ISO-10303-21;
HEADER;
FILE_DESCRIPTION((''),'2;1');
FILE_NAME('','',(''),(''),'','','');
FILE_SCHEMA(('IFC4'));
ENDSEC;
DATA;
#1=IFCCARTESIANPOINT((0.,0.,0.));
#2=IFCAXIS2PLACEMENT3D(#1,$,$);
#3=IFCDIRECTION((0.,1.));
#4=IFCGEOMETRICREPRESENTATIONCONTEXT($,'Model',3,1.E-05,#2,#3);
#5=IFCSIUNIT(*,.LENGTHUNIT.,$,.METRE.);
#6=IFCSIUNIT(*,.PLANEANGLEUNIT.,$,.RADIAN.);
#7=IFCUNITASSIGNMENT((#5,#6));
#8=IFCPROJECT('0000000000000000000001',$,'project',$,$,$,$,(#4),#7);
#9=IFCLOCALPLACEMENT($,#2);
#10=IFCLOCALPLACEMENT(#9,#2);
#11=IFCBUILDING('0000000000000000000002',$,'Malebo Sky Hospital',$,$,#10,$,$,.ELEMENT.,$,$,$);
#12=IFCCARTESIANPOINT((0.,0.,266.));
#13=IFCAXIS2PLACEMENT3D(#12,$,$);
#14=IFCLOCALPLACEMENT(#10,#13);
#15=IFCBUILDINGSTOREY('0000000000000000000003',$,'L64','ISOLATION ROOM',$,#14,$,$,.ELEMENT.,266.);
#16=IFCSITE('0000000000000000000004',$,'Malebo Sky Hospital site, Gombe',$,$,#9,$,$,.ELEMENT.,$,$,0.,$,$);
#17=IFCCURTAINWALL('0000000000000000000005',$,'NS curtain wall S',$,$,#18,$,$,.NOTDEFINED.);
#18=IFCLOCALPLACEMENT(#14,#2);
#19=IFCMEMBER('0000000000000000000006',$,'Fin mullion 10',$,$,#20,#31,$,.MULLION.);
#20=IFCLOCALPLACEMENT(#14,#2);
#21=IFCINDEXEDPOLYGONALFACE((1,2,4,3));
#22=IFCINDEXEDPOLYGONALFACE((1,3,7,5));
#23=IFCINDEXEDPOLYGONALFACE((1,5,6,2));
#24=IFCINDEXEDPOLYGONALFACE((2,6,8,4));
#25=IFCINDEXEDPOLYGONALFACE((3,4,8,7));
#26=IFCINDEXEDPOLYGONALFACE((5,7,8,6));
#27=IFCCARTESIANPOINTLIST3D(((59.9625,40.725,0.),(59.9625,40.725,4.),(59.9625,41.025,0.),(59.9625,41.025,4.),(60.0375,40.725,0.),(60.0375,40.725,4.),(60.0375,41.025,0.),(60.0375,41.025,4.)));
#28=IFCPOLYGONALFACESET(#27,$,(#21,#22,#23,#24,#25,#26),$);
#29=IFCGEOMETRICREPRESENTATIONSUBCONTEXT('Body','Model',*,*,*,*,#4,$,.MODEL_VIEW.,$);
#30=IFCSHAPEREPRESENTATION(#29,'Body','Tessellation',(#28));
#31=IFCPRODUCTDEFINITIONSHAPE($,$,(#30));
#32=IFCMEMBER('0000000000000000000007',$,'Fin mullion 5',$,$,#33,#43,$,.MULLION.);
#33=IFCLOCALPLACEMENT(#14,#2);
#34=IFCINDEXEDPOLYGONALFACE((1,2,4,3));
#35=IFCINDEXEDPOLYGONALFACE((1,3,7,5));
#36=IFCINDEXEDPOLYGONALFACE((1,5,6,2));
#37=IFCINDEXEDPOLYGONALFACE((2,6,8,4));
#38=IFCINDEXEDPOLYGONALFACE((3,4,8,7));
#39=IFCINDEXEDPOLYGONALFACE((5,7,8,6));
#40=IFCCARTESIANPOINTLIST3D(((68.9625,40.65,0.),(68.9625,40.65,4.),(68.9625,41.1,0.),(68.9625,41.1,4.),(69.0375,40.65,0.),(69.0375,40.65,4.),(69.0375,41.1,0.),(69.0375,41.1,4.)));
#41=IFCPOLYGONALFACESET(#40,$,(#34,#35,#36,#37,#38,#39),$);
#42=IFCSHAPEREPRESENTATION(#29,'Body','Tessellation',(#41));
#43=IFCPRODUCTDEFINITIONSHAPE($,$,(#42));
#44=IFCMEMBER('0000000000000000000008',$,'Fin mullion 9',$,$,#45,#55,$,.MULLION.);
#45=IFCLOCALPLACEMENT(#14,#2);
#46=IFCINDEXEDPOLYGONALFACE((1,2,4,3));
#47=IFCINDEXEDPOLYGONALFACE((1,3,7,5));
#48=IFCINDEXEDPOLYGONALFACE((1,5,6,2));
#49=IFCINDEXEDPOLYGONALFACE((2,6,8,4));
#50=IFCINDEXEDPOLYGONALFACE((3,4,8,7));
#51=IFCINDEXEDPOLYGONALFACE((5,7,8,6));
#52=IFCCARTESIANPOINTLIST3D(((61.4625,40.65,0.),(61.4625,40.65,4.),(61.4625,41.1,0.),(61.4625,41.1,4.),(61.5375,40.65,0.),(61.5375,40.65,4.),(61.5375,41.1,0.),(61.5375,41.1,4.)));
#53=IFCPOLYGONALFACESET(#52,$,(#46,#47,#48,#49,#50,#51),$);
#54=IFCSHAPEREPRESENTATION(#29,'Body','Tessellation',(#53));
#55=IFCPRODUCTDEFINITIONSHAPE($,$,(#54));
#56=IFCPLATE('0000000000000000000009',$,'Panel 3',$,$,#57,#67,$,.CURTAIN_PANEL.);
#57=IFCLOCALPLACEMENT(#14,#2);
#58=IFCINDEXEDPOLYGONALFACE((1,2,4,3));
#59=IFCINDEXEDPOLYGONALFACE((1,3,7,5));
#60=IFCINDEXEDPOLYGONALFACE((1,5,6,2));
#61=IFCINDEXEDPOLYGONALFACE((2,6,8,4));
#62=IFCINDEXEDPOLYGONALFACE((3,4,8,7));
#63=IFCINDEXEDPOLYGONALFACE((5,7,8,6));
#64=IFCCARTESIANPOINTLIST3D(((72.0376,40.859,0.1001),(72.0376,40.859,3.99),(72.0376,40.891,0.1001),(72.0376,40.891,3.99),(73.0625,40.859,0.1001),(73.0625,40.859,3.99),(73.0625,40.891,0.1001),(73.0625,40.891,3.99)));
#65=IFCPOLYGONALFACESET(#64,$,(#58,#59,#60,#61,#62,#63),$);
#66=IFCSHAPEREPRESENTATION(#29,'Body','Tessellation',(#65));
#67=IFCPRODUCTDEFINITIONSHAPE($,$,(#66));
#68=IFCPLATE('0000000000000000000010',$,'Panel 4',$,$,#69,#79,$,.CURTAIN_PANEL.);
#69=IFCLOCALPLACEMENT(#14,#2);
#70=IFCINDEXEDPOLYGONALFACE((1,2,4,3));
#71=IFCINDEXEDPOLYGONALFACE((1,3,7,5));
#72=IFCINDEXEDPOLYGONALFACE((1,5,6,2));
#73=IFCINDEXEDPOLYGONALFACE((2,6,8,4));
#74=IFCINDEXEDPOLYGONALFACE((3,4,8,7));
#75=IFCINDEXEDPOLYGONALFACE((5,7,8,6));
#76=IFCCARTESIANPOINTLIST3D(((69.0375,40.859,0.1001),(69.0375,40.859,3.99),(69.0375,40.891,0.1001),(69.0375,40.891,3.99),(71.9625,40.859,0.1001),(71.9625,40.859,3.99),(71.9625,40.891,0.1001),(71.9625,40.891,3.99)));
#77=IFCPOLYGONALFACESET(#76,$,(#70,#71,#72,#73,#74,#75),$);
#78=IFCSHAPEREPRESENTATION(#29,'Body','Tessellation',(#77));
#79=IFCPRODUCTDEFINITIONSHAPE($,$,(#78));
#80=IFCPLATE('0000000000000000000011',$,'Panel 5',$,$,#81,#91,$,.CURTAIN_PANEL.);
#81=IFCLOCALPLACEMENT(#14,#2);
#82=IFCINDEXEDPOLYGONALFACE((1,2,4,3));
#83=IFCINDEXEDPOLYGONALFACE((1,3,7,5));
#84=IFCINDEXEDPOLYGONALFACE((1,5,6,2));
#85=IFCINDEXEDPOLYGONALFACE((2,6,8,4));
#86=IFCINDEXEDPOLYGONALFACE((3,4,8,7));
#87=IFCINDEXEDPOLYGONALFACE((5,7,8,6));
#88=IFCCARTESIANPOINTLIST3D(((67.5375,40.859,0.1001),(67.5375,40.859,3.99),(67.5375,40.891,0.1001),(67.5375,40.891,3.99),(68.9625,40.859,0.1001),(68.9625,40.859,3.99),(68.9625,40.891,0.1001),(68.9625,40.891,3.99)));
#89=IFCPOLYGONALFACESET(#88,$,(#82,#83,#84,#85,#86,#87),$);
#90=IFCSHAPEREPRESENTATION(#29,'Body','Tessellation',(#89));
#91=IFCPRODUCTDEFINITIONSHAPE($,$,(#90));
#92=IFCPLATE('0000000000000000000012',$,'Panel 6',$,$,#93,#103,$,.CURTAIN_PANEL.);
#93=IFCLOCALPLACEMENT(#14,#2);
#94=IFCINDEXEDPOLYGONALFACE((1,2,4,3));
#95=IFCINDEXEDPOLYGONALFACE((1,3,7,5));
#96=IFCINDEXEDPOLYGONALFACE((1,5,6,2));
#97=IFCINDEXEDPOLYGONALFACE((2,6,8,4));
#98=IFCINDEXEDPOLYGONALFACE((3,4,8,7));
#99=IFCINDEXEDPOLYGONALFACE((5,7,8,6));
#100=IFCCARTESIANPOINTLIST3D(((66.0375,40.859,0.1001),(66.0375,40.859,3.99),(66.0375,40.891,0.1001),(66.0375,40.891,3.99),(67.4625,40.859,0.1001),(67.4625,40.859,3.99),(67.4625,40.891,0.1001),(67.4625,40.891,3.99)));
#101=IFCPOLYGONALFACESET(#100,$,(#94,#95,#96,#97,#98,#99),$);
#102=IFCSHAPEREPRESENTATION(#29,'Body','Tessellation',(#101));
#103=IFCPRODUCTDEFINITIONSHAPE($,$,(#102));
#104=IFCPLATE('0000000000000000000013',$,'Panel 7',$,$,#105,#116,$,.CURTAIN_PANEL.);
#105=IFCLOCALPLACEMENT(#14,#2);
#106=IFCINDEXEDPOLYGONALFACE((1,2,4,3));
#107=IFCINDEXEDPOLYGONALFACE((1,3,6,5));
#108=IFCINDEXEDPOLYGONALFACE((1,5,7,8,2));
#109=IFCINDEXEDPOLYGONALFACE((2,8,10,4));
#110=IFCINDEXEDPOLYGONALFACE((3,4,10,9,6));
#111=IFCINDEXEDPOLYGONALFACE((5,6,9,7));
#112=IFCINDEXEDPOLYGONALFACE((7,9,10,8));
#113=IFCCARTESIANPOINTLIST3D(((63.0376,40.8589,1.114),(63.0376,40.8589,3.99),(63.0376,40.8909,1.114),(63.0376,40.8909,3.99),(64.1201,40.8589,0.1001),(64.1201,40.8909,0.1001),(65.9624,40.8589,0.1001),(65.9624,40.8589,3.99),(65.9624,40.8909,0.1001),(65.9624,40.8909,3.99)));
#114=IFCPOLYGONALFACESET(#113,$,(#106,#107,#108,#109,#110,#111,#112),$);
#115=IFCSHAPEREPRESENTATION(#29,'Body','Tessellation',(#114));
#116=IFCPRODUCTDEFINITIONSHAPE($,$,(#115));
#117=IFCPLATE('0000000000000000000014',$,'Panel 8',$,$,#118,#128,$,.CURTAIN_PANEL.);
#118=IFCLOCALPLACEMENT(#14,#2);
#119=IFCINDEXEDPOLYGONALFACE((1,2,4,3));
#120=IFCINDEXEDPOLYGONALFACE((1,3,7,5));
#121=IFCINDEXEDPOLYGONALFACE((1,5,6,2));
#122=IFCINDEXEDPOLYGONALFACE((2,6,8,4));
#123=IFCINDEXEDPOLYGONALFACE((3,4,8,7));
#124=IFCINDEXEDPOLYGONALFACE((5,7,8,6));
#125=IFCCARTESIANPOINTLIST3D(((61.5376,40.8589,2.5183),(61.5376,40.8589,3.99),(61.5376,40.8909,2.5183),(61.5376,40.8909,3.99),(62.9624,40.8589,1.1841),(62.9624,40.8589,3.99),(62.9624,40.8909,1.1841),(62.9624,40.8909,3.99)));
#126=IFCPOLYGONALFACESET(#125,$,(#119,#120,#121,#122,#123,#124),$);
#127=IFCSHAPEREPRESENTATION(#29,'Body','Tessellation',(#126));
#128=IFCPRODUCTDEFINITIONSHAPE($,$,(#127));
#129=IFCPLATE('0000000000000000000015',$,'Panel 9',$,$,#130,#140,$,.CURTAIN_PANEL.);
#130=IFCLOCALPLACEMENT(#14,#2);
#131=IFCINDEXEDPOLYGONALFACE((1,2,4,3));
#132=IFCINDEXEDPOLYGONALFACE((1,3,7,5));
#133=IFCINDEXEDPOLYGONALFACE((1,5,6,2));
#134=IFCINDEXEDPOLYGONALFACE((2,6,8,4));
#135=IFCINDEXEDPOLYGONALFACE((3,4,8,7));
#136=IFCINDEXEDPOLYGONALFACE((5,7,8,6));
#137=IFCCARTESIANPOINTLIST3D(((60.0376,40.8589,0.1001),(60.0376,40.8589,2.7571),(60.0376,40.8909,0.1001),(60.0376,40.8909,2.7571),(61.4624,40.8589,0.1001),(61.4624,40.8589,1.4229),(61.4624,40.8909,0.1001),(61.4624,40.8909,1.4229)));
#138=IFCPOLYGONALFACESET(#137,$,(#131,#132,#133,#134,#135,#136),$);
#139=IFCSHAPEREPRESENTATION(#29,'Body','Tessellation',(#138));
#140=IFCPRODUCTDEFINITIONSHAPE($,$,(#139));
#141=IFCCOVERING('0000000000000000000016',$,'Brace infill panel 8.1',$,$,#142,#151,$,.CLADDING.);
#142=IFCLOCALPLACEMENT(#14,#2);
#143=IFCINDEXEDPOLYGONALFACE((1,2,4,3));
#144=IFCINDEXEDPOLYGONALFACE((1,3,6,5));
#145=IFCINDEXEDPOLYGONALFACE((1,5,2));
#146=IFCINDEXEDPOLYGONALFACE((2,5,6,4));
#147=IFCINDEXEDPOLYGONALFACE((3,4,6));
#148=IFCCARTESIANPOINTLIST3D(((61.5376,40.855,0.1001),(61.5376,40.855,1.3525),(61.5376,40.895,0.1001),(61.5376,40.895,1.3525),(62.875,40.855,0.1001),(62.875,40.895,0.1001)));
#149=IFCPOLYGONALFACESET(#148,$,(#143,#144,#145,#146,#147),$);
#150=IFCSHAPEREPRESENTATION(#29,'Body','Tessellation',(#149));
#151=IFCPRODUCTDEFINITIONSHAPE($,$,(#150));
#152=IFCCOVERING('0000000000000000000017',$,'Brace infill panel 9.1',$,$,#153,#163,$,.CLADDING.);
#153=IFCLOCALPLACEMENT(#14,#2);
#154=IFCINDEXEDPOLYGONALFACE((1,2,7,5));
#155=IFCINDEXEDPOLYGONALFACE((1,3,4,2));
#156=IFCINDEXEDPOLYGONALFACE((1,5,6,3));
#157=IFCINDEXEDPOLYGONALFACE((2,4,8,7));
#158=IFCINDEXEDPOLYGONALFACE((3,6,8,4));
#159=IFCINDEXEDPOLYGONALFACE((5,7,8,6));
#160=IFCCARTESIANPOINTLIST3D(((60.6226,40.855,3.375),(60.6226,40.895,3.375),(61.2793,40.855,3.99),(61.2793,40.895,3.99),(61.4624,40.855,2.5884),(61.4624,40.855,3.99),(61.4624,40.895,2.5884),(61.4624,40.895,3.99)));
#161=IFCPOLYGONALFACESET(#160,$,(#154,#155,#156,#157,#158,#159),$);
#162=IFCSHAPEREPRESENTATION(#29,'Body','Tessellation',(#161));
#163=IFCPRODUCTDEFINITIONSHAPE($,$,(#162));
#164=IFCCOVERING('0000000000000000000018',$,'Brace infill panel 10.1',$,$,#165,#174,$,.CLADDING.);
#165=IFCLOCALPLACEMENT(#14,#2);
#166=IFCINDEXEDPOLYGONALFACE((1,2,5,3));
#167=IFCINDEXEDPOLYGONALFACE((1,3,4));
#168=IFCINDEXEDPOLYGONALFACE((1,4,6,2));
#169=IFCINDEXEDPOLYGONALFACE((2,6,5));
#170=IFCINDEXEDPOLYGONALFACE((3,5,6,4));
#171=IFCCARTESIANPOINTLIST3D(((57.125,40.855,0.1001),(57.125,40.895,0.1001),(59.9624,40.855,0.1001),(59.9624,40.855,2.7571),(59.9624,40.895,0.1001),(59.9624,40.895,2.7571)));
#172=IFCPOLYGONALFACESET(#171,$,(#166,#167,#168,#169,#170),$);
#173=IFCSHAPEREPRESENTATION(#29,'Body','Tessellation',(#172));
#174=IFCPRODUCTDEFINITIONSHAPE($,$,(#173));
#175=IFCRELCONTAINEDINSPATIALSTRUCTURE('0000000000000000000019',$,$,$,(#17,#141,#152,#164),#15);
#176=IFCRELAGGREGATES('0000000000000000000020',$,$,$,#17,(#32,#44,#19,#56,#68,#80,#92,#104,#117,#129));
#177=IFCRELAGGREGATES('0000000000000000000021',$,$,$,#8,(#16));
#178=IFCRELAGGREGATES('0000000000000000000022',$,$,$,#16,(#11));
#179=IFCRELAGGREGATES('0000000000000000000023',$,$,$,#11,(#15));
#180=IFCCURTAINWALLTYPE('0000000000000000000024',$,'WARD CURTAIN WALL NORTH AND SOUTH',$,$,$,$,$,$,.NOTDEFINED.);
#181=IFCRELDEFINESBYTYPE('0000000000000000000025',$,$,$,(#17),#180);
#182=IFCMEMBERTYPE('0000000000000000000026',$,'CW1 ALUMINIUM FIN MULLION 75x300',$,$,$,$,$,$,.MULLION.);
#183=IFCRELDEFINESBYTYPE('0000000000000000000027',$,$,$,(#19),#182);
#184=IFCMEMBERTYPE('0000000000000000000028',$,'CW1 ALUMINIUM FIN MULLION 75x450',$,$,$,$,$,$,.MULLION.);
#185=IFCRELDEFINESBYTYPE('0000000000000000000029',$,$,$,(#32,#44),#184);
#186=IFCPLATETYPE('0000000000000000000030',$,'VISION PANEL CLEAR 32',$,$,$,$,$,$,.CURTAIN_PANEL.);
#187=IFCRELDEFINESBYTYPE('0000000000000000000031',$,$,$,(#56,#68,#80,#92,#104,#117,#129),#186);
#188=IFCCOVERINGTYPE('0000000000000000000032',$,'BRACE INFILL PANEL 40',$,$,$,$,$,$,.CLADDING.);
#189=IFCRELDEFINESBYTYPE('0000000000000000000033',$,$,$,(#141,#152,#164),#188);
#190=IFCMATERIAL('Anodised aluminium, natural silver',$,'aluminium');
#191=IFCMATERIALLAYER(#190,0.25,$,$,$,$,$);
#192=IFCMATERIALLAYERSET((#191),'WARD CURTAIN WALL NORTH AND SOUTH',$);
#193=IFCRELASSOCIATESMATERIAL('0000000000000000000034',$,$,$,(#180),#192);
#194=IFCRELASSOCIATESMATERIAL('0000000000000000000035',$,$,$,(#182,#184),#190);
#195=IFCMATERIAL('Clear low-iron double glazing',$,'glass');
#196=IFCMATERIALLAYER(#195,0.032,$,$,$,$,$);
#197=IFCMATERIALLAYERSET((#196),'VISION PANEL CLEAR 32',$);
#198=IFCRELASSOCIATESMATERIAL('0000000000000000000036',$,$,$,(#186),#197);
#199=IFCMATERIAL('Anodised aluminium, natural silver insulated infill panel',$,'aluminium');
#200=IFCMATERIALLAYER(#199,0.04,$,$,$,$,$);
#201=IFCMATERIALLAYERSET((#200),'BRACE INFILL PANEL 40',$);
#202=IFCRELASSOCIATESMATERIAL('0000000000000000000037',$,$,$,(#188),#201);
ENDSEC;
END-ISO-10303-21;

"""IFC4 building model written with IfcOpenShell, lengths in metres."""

from ifc_helpers import new_model, si_unit, direction, frame, origin, origin_2d, place, context, subcontext, project, spatial, polyline, rectangle, outline, extrude, material, layer, layer_set, material_profile, profile_set, type_object, element, aggregate, save


model = new_model("IFC4")

# Units and contexts
model_context = context("Model", 3, precision=1e-05, world=origin(), true_north=direction((0.0, 1.0)))
body_context = subcontext(model_context, "Body", "Model", "MODEL_VIEW")
ifc_project = project(units=[si_unit("LENGTHUNIT", "METRE"), si_unit("PLANEANGLEUNIT", "RADIAN")], contexts=[model_context])

# Site, building, storey
site_placement = place(None, origin())
site = spatial("IfcSite", under=ifc_project, at=site_placement, Name="Malebo Sky Hospital site, Gombe", CompositionType="ELEMENT", RefElevation=0.0)
building_placement = place(site_placement, origin())
building = spatial("IfcBuilding", under=site, at=building_placement, Name="Malebo Sky Hospital", CompositionType="ELEMENT")
storey_placement = place(building_placement, frame((0.0, 0.0, 266.0)))
storey = spatial("IfcBuildingStorey", under=building, at=storey_placement, Name="L64", Description="ISOLATION ROOM", CompositionType="ELEMENT", Elevation=266.0)

# Curtain wall
ifc_material_1 = material(Name="Anodised aluminium, natural silver", Category="aluminium")
ifc_layer_1 = layer(ifc_material_1, 0.25)
ifc_layer_set_1 = layer_set([ifc_layer_1], Name="WARD CURTAIN WALL NORTH AND SOUTH")
curtain_wall_type = type_object("IfcCurtainWallType", Name="WARD CURTAIN WALL NORTH AND SOUTH", PredefinedType="NOTDEFINED", material=ifc_layer_set_1)
curtain_wall_placement = place(storey_placement, origin())
curtain_wall = element("IfcCurtainWall", 1, at=curtain_wall_placement, inside=storey, type_object=curtain_wall_type, Name="NS curtain wall S", PredefinedType="NOTDEFINED")

# Members
ifc_material_profile_1 = material_profile(ifc_material_1, rectangle(XDim=0.075, YDim=0.3, at=origin_2d()), Name="CW1 ALUMINIUM FIN MULLION 75x300")
ifc_profile_set_1 = profile_set([ifc_material_profile_1], Name="Anodised aluminium, natural silver")
member_type_1 = type_object("IfcMemberType", Name="CW1 ALUMINIUM FIN MULLION 75x300", PredefinedType="MULLION", material=ifc_profile_set_1)
member_1_placement = place(storey_placement, frame((60.0, 40.875, 0.0), z_axis=(0.0, 0.0, 1.0), x_axis=(-1.0, 0.0, 0.0)))
member_1 = element("IfcMember", 2, at=member_1_placement, type_object=member_type_1, Name="Fin mullion 10", PredefinedType="MULLION", context=body_context, shape_type="SweptSolid", body=[
    extrude(rectangle(XDim=0.075, YDim=0.3, at=origin_2d()), origin(), (0.0, 0.0, 1.0), 4.0),
])
ifc_material_profile_2 = material_profile(ifc_material_1, rectangle(XDim=0.075, YDim=0.45, at=origin_2d()), Name="CW1 ALUMINIUM FIN MULLION 75x450")
ifc_profile_set_2 = profile_set([ifc_material_profile_2], Name="Anodised aluminium, natural silver")
member_type_2 = type_object("IfcMemberType", Name="CW1 ALUMINIUM FIN MULLION 75x450", PredefinedType="MULLION", material=ifc_profile_set_2)
member_2_placement = place(storey_placement, frame((69.0, 40.875, 0.0), z_axis=(0.0, 0.0, 1.0), x_axis=(-1.0, 0.0, 0.0)))
member_2 = element("IfcMember", 3, at=member_2_placement, type_object=member_type_2, Name="Fin mullion 5", PredefinedType="MULLION", context=body_context, shape_type="SweptSolid", body=[
    extrude(rectangle(XDim=0.075, YDim=0.45, at=origin_2d()), origin(), (0.0, 0.0, 1.0), 4.0),
])
member_3_placement = place(storey_placement, frame((61.5, 40.875, 0.0), z_axis=(0.0, 0.0, 1.0), x_axis=(-1.0, 0.0, 0.0)))
member_3 = element("IfcMember", 4, at=member_3_placement, type_object=member_type_2, Name="Fin mullion 9", PredefinedType="MULLION", context=body_context, shape_type="SweptSolid", body=[
    extrude(rectangle(XDim=0.075, YDim=0.45, at=origin_2d()), origin(), (0.0, 0.0, 1.0), 4.0),
])

# Plates
ifc_material_2 = material(Name="Clear low-iron double glazing", Category="glass")
ifc_layer_2 = layer(ifc_material_2, 0.032)
ifc_layer_set_2 = layer_set([ifc_layer_2], Name="VISION PANEL CLEAR 32")
plate_type = type_object("IfcPlateType", Name="VISION PANEL CLEAR 32", PredefinedType="CURTAIN_PANEL", material=ifc_layer_set_2)
plate_1_placement = place(storey_placement, frame((72.55, 40.875, 0.1001), z_axis=(0.0, 0.0, 1.0), x_axis=(-1.0, 0.0, 0.0)))
plate_1 = element("IfcPlate", 5, at=plate_1_placement, type_object=plate_type, Name="Panel 3", PredefinedType="CURTAIN_PANEL", context=body_context, shape_type="SweptSolid", body=[
    extrude(rectangle(XDim=1.0249, YDim=0.032, at=origin_2d()), origin(), (0.0, 0.0, 1.0), 3.8899),
])
plate_2_placement = place(storey_placement, frame((70.5, 40.875, 0.1001), z_axis=(0.0, 0.0, 1.0), x_axis=(-1.0, 0.0, 0.0)))
plate_2 = element("IfcPlate", 6, at=plate_2_placement, type_object=plate_type, Name="Panel 4", PredefinedType="CURTAIN_PANEL", context=body_context, shape_type="SweptSolid", body=[
    extrude(rectangle(XDim=2.925, YDim=0.032, at=origin_2d()), origin(), (0.0, 0.0, 1.0), 3.8899),
])
plate_3_placement = place(storey_placement, frame((68.25, 40.875, 0.1001), z_axis=(0.0, 0.0, 1.0), x_axis=(-1.0, 0.0, 0.0)))
plate_3 = element("IfcPlate", 7, at=plate_3_placement, type_object=plate_type, Name="Panel 5", PredefinedType="CURTAIN_PANEL", context=body_context, shape_type="SweptSolid", body=[
    extrude(rectangle(XDim=1.425, YDim=0.032, at=origin_2d()), origin(), (0.0, 0.0, 1.0), 3.8899),
])
plate_4_placement = place(storey_placement, frame((66.75, 40.875, 0.1001), z_axis=(0.0, 0.0, 1.0), x_axis=(-1.0, 0.0, 0.0)))
plate_4 = element("IfcPlate", 8, at=plate_4_placement, type_object=plate_type, Name="Panel 6", PredefinedType="CURTAIN_PANEL", context=body_context, shape_type="SweptSolid", body=[
    extrude(rectangle(XDim=1.425, YDim=0.032, at=origin_2d()), origin(), (0.0, 0.0, 1.0), 3.8899),
])
plate_5_placement = place(storey_placement, frame((64.5, 40.875, 0.1001), z_axis=(0.0, 0.0, 1.0), x_axis=(-1.0, 0.0, 0.0)))
plate_5 = element("IfcPlate", 9, at=plate_5_placement, type_object=plate_type, Name="Panel 7", PredefinedType="CURTAIN_PANEL", context=body_context, shape_type="SweptSolid", body=[
    extrude(outline(polyline([(-1.4624, 0.0), (0.3799, 0.0), (1.4624, 1.0139), (1.4624, 3.8899), (-1.4624, 3.8899), (-1.4624, 0.0)])), frame((0.0, 0.0161, 0.0), z_axis=(0.0, -1.0, 0.0), x_axis=(1.0, 0.0, 0.0)), (0.0, 0.0, 1.0), 0.032),
])
plate_6_placement = place(storey_placement, frame((62.25, 40.875, 1.1841), z_axis=(0.0, 0.0, 1.0), x_axis=(-1.0, 0.0, 0.0)))
plate_6 = element("IfcPlate", 10, at=plate_6_placement, type_object=plate_type, Name="Panel 8", PredefinedType="CURTAIN_PANEL", context=body_context, shape_type="SweptSolid", body=[
    extrude(outline(polyline([(-0.7124, 0.0), (0.7124, 1.3342), (0.7124, 2.8059), (-0.7124, 2.8059), (-0.7124, 0.0)])), frame((0.0, 0.0161, 0.0), z_axis=(0.0, -1.0, 0.0), x_axis=(1.0, 0.0, 0.0)), (0.0, 0.0, 1.0), 0.032),
])
plate_7_placement = place(storey_placement, frame((60.75, 40.875, 0.1001), z_axis=(0.0, 0.0, 1.0), x_axis=(-1.0, 0.0, 0.0)))
plate_7 = element("IfcPlate", 11, at=plate_7_placement, type_object=plate_type, Name="Panel 9", PredefinedType="CURTAIN_PANEL", context=body_context, shape_type="SweptSolid", body=[
    extrude(outline(polyline([(-0.7124, 0.0), (0.7124, 0.0), (0.7124, 2.657), (-0.7124, 1.3228), (-0.7124, 0.0)])), frame((0.0, 0.0161, 0.0), z_axis=(0.0, -1.0, 0.0), x_axis=(1.0, 0.0, 0.0)), (0.0, 0.0, 1.0), 0.032),
])
aggregate(curtain_wall, [member_2, member_3, member_1, plate_1, plate_2, plate_3, plate_4, plate_5, plate_6, plate_7])

# Coverings
ifc_material_3 = material(Name="Anodised aluminium, natural silver insulated infill panel", Category="aluminium")
ifc_layer_3 = layer(ifc_material_3, 0.04)
ifc_layer_set_3 = layer_set([ifc_layer_3], Name="BRACE INFILL PANEL 40")
covering_type = type_object("IfcCoveringType", Name="BRACE INFILL PANEL 40", PredefinedType="CLADDING", material=ifc_layer_set_3)
covering_1_placement = place(storey_placement, frame((62.2063, 40.875, 0.1001), z_axis=(0.0, 0.0, 1.0), x_axis=(-1.0, 0.0, 0.0)))
element("IfcCovering", 12, at=covering_1_placement, inside=storey, type_object=covering_type, Name="Brace infill panel 8.1", PredefinedType="CLADDING", context=body_context, shape_type="SweptSolid", body=[
    extrude(outline(polyline([(-0.6687, 0.0), (0.6687, 0.0), (0.6687, 1.2524), (-0.6687, 0.0)])), frame((0.0, 0.02, 0.0), z_axis=(0.0, -1.0, 0.0), x_axis=(1.0, 0.0, 0.0)), (0.0, 0.0, 1.0), 0.04),
])
covering_2_placement = place(storey_placement, frame((61.0425, 40.875, 2.5884), z_axis=(0.0, 0.0, 1.0), x_axis=(-1.0, 0.0, 0.0)))
element("IfcCovering", 13, at=covering_2_placement, inside=storey, type_object=covering_type, Name="Brace infill panel 9.1", PredefinedType="CLADDING", context=body_context, shape_type="SweptSolid", body=[
    extrude(outline(polyline([(-0.4199, 0.0), (0.4199, 0.7866), (-0.2368, 1.4016), (-0.4199, 1.4016), (-0.4199, 0.0)])), frame((0.0, 0.02, 0.0), z_axis=(0.0, -1.0, 0.0), x_axis=(1.0, 0.0, 0.0)), (0.0, 0.0, 1.0), 0.04),
])
covering_3_placement = place(storey_placement, frame((58.5437, 40.875, 0.1001), z_axis=(0.0, 0.0, 1.0), x_axis=(-1.0, 0.0, 0.0)))
element("IfcCovering", 14, at=covering_3_placement, inside=storey, type_object=covering_type, Name="Brace infill panel 10.1", PredefinedType="CLADDING", context=body_context, shape_type="SweptSolid", body=[
    extrude(outline(polyline([(-1.4187, 0.0), (1.4187, 0.0), (-1.4187, 2.657), (-1.4187, 0.0)])), frame((0.0, 0.02, 0.0), z_axis=(0.0, -1.0, 0.0), x_axis=(1.0, 0.0, 0.0)), (0.0, 0.0, 1.0), 0.04),
])

save(model, "model.ifc")
